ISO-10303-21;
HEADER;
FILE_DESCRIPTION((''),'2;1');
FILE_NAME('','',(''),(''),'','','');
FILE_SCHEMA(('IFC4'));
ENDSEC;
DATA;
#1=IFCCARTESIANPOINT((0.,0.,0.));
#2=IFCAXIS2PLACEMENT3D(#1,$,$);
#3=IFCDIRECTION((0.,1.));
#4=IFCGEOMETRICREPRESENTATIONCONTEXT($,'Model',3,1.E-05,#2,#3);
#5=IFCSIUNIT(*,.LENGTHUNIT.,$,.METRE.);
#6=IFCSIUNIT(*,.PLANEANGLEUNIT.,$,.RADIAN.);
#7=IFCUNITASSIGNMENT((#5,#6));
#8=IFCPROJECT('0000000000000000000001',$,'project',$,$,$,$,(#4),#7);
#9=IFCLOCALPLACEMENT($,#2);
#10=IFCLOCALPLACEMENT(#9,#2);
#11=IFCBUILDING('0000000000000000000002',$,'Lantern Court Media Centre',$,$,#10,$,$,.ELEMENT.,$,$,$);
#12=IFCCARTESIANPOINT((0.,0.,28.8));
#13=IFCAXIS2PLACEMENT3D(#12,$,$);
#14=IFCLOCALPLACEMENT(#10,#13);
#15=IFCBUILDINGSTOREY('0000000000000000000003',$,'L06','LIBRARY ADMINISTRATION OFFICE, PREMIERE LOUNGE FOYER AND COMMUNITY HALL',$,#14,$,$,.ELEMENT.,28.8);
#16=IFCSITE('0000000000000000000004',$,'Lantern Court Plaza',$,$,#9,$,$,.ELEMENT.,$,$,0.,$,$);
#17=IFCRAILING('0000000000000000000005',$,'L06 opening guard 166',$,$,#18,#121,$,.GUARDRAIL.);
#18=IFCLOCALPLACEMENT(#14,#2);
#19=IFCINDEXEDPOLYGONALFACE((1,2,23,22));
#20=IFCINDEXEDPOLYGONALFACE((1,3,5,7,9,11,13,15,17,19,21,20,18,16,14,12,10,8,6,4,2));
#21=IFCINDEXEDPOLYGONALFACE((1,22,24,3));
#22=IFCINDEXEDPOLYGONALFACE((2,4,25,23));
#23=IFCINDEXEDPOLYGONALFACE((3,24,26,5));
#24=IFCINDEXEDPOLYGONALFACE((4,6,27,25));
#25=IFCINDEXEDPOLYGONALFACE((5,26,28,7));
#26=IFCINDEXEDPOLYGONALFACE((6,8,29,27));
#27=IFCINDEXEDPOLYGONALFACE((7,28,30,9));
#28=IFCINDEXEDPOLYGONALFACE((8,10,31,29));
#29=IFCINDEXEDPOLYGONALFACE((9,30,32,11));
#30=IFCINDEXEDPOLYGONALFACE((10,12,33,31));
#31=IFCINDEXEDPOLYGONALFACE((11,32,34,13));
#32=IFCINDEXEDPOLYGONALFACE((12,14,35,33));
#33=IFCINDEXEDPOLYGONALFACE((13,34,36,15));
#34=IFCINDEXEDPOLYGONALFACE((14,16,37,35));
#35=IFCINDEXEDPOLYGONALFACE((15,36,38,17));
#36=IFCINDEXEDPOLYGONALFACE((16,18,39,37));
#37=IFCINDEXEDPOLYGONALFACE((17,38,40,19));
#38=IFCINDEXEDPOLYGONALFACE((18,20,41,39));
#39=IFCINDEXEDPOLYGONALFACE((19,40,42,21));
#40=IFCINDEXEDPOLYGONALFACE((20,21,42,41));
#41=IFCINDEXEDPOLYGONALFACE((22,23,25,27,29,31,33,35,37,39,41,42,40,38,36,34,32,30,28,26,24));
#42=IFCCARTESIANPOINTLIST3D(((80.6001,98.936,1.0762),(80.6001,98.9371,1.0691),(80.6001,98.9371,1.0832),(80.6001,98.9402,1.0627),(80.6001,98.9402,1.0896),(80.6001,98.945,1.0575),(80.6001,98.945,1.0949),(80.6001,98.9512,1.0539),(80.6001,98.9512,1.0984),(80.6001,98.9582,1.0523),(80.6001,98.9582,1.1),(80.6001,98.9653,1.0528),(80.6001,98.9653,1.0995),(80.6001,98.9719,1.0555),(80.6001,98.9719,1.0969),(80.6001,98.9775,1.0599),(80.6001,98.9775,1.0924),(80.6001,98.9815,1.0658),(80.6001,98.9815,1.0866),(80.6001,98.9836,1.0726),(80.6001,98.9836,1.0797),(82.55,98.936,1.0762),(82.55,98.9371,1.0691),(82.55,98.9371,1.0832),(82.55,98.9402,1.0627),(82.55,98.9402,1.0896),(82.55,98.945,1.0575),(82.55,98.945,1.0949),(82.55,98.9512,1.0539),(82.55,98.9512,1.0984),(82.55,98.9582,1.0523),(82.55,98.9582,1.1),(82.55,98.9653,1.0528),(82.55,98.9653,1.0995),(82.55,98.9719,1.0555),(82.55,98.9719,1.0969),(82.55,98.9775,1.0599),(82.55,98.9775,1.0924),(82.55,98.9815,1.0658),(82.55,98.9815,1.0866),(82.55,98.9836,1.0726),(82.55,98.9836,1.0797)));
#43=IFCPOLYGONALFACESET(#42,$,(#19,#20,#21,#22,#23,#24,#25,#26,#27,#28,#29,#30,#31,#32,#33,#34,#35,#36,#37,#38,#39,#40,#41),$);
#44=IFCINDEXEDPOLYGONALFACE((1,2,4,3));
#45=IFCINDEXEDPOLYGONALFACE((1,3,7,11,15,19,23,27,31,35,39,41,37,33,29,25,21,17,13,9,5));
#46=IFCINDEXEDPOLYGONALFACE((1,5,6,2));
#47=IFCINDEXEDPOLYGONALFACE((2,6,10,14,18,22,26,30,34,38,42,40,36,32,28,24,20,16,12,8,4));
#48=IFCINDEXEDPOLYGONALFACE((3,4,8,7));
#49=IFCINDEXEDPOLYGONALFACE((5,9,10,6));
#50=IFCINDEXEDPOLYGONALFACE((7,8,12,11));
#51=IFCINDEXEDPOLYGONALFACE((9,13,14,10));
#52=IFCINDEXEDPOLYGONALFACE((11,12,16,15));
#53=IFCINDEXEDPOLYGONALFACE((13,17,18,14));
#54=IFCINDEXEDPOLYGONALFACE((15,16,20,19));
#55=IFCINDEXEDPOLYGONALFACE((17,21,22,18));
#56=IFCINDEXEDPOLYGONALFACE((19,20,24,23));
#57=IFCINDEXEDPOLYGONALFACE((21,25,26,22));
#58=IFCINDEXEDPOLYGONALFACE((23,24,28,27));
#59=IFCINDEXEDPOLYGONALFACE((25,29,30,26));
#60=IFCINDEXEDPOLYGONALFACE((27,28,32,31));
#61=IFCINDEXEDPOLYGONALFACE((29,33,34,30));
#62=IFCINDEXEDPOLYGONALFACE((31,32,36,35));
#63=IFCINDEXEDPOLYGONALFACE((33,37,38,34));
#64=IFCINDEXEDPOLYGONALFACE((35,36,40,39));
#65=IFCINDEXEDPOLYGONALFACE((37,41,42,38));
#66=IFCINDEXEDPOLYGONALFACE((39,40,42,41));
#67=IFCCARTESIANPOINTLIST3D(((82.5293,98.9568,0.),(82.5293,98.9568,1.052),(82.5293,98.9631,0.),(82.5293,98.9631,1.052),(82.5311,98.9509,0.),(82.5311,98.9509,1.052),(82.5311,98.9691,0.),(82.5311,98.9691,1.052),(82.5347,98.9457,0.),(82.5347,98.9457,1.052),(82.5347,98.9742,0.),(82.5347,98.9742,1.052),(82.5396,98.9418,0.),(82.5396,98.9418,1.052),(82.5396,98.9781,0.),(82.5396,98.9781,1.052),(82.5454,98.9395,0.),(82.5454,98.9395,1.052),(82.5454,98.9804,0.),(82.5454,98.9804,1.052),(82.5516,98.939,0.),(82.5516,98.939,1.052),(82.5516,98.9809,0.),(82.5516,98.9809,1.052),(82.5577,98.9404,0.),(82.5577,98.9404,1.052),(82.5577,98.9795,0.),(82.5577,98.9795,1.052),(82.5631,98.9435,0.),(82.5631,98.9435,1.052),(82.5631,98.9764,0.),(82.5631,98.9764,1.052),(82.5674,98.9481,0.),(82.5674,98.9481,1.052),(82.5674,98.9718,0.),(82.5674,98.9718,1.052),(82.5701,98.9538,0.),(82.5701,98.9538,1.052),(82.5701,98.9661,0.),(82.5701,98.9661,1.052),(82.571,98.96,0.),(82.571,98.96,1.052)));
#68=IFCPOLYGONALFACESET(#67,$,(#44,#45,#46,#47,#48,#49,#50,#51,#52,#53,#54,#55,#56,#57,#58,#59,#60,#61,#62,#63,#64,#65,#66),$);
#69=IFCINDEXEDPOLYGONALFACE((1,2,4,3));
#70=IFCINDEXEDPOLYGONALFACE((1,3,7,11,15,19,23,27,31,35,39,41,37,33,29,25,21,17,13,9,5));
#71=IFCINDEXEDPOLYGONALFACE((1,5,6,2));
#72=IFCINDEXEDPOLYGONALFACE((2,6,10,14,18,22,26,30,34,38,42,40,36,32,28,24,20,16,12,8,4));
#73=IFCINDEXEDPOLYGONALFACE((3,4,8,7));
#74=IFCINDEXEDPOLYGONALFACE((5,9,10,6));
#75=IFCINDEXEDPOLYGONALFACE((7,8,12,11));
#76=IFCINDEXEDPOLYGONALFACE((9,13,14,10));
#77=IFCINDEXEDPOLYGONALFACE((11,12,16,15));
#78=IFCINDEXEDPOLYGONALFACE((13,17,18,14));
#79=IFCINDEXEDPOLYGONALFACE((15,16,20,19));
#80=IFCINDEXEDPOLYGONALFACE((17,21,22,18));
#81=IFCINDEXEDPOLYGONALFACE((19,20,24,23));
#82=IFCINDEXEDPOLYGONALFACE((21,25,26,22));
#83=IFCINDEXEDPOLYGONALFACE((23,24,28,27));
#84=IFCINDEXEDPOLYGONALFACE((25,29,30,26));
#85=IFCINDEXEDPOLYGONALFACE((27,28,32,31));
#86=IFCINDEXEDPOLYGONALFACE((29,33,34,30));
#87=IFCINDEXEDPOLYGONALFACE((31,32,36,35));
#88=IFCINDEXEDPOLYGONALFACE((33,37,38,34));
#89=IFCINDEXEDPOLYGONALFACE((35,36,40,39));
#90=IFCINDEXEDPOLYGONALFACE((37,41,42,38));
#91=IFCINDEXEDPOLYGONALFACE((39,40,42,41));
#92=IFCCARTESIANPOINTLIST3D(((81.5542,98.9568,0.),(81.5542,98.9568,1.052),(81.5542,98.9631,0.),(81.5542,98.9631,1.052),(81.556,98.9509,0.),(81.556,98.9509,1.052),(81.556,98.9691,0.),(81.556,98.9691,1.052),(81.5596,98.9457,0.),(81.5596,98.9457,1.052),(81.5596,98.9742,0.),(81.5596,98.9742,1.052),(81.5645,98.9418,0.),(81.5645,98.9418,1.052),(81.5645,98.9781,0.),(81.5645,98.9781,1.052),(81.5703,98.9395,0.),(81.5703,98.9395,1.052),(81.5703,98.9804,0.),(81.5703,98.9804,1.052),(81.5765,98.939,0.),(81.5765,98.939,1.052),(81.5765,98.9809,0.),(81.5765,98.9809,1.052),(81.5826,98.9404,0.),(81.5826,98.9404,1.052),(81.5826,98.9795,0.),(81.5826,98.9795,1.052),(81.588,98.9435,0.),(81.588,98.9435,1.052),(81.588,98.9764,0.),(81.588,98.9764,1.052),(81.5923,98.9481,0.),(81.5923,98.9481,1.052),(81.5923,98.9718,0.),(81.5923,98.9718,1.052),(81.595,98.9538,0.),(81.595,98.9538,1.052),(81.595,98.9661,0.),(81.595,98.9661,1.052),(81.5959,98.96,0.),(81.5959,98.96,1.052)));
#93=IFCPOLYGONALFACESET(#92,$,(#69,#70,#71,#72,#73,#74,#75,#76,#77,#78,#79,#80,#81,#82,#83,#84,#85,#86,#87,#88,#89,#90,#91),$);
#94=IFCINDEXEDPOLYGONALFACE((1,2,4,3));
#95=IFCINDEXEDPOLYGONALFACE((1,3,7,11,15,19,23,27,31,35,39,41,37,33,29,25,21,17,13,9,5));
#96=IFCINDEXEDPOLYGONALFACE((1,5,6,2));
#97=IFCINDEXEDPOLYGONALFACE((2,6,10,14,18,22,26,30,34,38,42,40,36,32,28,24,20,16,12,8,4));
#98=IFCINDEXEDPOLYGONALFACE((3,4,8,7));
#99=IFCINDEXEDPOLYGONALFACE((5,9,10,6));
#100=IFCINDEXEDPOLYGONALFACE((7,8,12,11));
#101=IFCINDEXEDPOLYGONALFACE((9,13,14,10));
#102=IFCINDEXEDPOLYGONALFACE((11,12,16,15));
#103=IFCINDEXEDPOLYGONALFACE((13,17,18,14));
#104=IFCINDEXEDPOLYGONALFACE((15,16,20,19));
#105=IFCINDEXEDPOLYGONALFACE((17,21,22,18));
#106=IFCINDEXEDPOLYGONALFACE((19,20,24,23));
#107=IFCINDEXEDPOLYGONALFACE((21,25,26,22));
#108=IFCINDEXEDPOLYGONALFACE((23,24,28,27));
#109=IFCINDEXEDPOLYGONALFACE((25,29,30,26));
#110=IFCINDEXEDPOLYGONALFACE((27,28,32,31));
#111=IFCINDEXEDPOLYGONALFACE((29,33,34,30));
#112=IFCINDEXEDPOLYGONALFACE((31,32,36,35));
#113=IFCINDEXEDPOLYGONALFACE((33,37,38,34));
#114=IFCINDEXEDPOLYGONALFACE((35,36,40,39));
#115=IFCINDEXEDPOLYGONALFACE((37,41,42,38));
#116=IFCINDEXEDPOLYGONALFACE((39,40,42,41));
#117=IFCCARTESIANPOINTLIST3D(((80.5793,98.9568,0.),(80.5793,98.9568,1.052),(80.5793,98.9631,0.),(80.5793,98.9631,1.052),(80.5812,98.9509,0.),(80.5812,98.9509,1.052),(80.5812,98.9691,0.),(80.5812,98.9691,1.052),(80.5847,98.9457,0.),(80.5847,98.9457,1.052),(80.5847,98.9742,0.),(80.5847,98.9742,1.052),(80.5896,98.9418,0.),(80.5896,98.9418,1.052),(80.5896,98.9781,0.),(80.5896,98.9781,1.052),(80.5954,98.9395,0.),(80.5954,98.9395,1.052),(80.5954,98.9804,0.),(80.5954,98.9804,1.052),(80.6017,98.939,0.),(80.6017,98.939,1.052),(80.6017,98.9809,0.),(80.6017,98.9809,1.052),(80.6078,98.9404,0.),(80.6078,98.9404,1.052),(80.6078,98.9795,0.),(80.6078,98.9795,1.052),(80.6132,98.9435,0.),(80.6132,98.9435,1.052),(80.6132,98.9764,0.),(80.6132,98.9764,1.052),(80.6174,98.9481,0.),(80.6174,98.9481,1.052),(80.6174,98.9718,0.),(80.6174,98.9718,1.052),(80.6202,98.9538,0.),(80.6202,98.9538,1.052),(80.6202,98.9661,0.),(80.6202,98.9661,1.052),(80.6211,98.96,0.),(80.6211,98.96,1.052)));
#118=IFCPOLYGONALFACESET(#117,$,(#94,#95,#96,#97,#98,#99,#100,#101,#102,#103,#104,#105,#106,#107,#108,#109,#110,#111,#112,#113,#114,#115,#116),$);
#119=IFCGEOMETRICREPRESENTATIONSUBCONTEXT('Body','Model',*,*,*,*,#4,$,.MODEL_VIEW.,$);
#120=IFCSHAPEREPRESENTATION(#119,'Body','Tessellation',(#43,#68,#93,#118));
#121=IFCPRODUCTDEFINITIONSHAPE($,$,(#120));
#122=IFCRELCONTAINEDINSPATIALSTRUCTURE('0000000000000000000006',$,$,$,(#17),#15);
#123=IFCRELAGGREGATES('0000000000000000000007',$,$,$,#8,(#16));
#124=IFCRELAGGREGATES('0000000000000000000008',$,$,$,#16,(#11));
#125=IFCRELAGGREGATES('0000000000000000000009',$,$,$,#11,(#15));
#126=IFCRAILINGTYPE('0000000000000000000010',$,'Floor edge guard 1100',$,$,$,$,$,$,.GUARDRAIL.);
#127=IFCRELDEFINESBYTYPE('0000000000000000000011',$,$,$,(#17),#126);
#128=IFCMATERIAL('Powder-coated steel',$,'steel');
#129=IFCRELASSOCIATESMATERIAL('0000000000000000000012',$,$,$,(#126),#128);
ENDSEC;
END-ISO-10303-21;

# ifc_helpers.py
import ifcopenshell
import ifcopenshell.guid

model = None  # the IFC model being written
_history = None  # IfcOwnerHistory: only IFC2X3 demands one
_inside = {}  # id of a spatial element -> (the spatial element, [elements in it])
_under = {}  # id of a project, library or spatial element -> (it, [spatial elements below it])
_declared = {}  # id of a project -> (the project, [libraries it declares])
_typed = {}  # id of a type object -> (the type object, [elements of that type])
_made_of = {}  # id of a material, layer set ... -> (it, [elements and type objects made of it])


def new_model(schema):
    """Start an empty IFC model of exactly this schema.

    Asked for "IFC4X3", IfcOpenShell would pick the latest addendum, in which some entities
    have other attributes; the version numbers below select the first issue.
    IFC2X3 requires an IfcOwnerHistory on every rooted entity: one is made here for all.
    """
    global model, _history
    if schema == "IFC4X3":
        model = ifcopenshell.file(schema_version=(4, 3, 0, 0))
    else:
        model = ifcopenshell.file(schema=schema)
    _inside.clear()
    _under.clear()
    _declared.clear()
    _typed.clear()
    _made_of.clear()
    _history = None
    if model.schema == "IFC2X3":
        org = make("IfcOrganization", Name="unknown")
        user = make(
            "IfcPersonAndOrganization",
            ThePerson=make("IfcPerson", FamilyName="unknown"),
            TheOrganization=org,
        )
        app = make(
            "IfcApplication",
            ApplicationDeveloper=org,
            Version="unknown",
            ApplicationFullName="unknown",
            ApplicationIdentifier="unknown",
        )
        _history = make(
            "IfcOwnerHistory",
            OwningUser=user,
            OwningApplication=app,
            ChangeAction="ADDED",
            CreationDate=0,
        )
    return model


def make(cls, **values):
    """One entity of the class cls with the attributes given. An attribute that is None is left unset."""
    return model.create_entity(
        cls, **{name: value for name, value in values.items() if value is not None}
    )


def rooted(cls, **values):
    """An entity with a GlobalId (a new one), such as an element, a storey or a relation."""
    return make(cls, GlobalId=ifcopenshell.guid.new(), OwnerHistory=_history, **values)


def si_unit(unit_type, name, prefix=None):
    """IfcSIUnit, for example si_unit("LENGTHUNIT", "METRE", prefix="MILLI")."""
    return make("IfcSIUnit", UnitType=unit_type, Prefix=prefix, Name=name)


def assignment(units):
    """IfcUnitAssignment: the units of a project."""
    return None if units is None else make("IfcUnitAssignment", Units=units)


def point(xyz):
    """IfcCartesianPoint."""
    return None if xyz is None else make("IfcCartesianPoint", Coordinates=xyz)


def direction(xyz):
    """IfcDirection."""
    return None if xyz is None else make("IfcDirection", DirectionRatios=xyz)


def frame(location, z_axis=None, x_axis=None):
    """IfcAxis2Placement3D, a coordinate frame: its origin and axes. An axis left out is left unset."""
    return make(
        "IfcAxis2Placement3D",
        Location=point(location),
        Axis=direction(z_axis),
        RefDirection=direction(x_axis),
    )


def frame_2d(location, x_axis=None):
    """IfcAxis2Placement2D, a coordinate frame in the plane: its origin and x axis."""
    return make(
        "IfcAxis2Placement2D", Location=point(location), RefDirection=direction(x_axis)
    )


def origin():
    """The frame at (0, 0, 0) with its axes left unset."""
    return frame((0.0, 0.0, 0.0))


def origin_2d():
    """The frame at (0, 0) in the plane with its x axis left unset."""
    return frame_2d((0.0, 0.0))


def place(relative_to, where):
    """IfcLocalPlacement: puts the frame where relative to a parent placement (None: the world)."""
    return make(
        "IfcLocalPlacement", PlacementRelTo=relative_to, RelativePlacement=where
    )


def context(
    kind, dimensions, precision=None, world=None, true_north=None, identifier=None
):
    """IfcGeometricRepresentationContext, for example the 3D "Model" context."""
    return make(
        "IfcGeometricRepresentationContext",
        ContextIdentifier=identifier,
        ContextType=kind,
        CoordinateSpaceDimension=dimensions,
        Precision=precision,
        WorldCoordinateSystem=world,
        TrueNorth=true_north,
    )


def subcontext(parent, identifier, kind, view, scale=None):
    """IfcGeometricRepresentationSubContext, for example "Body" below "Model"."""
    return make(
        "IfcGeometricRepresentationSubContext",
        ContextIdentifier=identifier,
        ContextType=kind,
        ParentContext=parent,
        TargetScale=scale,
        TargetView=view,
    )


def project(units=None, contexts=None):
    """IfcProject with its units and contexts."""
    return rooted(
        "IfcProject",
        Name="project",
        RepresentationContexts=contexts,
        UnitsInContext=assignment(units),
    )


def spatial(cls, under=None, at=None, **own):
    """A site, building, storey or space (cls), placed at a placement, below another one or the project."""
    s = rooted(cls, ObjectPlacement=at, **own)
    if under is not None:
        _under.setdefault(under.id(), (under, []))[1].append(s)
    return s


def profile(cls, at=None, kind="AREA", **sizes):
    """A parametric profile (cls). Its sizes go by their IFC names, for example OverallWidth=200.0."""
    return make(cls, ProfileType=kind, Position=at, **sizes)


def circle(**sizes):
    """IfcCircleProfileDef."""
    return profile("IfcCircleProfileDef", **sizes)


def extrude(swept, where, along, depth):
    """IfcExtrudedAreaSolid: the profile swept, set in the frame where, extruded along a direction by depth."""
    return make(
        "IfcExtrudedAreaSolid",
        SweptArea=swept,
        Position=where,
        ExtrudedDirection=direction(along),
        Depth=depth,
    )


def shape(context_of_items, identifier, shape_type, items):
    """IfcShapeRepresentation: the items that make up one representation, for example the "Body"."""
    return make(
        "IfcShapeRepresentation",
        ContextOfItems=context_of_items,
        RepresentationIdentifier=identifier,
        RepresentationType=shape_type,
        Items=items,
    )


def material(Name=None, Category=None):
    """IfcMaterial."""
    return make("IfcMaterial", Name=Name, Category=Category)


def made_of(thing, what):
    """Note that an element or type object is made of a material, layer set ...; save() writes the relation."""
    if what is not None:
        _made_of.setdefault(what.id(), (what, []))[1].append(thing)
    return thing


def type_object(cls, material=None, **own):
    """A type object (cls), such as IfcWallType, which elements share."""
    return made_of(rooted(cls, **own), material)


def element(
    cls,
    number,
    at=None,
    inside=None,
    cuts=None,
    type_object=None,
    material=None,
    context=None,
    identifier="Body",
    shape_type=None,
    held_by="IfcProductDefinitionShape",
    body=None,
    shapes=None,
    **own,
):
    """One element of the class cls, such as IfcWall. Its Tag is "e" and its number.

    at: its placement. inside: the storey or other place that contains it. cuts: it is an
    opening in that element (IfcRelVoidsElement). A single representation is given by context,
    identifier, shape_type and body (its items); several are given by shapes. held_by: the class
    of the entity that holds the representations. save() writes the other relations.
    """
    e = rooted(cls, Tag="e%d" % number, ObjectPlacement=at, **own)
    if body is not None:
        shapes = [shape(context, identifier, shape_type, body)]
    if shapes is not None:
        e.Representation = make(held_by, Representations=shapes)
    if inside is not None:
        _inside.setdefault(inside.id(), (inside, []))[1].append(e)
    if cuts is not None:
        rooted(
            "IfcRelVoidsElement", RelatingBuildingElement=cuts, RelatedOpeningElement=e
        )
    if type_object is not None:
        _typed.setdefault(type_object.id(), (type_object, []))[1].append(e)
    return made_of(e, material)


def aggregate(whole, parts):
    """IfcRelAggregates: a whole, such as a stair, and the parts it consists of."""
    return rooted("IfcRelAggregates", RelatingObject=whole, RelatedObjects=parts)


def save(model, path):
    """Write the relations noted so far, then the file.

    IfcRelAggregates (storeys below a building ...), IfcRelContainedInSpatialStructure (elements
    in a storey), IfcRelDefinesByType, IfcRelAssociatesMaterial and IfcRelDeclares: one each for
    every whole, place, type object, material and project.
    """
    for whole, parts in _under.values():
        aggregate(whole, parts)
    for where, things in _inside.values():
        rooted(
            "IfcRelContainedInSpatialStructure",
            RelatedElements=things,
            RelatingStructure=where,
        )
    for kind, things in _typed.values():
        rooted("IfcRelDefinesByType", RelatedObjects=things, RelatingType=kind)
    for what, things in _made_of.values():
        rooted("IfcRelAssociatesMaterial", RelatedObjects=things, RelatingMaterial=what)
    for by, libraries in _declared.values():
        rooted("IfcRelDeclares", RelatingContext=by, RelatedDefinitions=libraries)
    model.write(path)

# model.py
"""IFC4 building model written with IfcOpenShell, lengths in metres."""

from ifc_helpers import new_model, si_unit, direction, frame, origin, origin_2d, place, context, subcontext, project, spatial, circle, extrude, material, type_object, element, save


model = new_model("IFC4")

# Units and contexts
model_context = context("Model", 3, precision=1e-05, world=origin(), true_north=direction((0.0, 1.0)))
body_context = subcontext(model_context, "Body", "Model", "MODEL_VIEW")
ifc_project = project(units=[si_unit("LENGTHUNIT", "METRE"), si_unit("PLANEANGLEUNIT", "RADIAN")], contexts=[model_context])

# Site, building, storey
site_placement = place(None, origin())
site = spatial("IfcSite", under=ifc_project, at=site_placement, Name="Lantern Court Plaza", CompositionType="ELEMENT", RefElevation=0.0)
building_placement = place(site_placement, origin())
building = spatial("IfcBuilding", under=site, at=building_placement, Name="Lantern Court Media Centre", CompositionType="ELEMENT")
storey_placement = place(building_placement, frame((0.0, 0.0, 28.8)))
storey = spatial("IfcBuildingStorey", under=building, at=storey_placement, Name="L06", Description="LIBRARY ADMINISTRATION OFFICE, PREMIERE LOUNGE FOYER AND COMMUNITY HALL", CompositionType="ELEMENT", Elevation=28.8)

# Railing
ifc_material_1 = material(Name="Powder-coated steel", Category="steel")
railing_type_1 = type_object("IfcRailingType", Name="Floor edge guard 1100", PredefinedType="GUARDRAIL", material=ifc_material_1)
railing_1_placement = place(storey_placement, frame((82.55, 98.96, 0.0)))
element("IfcRailing", 1, at=railing_1_placement, inside=storey, type_object=railing_type_1, Name="L06 opening guard 166", PredefinedType="GUARDRAIL", context=body_context, shape_type="SweptSolid", body=[
    extrude(circle(Radius=0.0239, at=origin_2d()), frame((0.0, 0.0, 1.0762), z_axis=(-1.0, 0.0, 0.0), x_axis=(0.0, -1.0, 0.0)), (0.0, 0.0, 1.0), 1.95),
    extrude(circle(Radius=0.021, at=origin_2d()), origin(), (0.0, 0.0, 1.0), 1.052),
    extrude(circle(Radius=0.021, at=origin_2d()), frame((-0.9751, 0.0, 0.0)), (0.0, 0.0, 1.0), 1.052),
    extrude(circle(Radius=0.021, at=origin_2d()), frame((-1.95, 0.0, 0.0)), (0.0, 0.0, 1.0), 1.052),
])

save(model, "model.ifc")
